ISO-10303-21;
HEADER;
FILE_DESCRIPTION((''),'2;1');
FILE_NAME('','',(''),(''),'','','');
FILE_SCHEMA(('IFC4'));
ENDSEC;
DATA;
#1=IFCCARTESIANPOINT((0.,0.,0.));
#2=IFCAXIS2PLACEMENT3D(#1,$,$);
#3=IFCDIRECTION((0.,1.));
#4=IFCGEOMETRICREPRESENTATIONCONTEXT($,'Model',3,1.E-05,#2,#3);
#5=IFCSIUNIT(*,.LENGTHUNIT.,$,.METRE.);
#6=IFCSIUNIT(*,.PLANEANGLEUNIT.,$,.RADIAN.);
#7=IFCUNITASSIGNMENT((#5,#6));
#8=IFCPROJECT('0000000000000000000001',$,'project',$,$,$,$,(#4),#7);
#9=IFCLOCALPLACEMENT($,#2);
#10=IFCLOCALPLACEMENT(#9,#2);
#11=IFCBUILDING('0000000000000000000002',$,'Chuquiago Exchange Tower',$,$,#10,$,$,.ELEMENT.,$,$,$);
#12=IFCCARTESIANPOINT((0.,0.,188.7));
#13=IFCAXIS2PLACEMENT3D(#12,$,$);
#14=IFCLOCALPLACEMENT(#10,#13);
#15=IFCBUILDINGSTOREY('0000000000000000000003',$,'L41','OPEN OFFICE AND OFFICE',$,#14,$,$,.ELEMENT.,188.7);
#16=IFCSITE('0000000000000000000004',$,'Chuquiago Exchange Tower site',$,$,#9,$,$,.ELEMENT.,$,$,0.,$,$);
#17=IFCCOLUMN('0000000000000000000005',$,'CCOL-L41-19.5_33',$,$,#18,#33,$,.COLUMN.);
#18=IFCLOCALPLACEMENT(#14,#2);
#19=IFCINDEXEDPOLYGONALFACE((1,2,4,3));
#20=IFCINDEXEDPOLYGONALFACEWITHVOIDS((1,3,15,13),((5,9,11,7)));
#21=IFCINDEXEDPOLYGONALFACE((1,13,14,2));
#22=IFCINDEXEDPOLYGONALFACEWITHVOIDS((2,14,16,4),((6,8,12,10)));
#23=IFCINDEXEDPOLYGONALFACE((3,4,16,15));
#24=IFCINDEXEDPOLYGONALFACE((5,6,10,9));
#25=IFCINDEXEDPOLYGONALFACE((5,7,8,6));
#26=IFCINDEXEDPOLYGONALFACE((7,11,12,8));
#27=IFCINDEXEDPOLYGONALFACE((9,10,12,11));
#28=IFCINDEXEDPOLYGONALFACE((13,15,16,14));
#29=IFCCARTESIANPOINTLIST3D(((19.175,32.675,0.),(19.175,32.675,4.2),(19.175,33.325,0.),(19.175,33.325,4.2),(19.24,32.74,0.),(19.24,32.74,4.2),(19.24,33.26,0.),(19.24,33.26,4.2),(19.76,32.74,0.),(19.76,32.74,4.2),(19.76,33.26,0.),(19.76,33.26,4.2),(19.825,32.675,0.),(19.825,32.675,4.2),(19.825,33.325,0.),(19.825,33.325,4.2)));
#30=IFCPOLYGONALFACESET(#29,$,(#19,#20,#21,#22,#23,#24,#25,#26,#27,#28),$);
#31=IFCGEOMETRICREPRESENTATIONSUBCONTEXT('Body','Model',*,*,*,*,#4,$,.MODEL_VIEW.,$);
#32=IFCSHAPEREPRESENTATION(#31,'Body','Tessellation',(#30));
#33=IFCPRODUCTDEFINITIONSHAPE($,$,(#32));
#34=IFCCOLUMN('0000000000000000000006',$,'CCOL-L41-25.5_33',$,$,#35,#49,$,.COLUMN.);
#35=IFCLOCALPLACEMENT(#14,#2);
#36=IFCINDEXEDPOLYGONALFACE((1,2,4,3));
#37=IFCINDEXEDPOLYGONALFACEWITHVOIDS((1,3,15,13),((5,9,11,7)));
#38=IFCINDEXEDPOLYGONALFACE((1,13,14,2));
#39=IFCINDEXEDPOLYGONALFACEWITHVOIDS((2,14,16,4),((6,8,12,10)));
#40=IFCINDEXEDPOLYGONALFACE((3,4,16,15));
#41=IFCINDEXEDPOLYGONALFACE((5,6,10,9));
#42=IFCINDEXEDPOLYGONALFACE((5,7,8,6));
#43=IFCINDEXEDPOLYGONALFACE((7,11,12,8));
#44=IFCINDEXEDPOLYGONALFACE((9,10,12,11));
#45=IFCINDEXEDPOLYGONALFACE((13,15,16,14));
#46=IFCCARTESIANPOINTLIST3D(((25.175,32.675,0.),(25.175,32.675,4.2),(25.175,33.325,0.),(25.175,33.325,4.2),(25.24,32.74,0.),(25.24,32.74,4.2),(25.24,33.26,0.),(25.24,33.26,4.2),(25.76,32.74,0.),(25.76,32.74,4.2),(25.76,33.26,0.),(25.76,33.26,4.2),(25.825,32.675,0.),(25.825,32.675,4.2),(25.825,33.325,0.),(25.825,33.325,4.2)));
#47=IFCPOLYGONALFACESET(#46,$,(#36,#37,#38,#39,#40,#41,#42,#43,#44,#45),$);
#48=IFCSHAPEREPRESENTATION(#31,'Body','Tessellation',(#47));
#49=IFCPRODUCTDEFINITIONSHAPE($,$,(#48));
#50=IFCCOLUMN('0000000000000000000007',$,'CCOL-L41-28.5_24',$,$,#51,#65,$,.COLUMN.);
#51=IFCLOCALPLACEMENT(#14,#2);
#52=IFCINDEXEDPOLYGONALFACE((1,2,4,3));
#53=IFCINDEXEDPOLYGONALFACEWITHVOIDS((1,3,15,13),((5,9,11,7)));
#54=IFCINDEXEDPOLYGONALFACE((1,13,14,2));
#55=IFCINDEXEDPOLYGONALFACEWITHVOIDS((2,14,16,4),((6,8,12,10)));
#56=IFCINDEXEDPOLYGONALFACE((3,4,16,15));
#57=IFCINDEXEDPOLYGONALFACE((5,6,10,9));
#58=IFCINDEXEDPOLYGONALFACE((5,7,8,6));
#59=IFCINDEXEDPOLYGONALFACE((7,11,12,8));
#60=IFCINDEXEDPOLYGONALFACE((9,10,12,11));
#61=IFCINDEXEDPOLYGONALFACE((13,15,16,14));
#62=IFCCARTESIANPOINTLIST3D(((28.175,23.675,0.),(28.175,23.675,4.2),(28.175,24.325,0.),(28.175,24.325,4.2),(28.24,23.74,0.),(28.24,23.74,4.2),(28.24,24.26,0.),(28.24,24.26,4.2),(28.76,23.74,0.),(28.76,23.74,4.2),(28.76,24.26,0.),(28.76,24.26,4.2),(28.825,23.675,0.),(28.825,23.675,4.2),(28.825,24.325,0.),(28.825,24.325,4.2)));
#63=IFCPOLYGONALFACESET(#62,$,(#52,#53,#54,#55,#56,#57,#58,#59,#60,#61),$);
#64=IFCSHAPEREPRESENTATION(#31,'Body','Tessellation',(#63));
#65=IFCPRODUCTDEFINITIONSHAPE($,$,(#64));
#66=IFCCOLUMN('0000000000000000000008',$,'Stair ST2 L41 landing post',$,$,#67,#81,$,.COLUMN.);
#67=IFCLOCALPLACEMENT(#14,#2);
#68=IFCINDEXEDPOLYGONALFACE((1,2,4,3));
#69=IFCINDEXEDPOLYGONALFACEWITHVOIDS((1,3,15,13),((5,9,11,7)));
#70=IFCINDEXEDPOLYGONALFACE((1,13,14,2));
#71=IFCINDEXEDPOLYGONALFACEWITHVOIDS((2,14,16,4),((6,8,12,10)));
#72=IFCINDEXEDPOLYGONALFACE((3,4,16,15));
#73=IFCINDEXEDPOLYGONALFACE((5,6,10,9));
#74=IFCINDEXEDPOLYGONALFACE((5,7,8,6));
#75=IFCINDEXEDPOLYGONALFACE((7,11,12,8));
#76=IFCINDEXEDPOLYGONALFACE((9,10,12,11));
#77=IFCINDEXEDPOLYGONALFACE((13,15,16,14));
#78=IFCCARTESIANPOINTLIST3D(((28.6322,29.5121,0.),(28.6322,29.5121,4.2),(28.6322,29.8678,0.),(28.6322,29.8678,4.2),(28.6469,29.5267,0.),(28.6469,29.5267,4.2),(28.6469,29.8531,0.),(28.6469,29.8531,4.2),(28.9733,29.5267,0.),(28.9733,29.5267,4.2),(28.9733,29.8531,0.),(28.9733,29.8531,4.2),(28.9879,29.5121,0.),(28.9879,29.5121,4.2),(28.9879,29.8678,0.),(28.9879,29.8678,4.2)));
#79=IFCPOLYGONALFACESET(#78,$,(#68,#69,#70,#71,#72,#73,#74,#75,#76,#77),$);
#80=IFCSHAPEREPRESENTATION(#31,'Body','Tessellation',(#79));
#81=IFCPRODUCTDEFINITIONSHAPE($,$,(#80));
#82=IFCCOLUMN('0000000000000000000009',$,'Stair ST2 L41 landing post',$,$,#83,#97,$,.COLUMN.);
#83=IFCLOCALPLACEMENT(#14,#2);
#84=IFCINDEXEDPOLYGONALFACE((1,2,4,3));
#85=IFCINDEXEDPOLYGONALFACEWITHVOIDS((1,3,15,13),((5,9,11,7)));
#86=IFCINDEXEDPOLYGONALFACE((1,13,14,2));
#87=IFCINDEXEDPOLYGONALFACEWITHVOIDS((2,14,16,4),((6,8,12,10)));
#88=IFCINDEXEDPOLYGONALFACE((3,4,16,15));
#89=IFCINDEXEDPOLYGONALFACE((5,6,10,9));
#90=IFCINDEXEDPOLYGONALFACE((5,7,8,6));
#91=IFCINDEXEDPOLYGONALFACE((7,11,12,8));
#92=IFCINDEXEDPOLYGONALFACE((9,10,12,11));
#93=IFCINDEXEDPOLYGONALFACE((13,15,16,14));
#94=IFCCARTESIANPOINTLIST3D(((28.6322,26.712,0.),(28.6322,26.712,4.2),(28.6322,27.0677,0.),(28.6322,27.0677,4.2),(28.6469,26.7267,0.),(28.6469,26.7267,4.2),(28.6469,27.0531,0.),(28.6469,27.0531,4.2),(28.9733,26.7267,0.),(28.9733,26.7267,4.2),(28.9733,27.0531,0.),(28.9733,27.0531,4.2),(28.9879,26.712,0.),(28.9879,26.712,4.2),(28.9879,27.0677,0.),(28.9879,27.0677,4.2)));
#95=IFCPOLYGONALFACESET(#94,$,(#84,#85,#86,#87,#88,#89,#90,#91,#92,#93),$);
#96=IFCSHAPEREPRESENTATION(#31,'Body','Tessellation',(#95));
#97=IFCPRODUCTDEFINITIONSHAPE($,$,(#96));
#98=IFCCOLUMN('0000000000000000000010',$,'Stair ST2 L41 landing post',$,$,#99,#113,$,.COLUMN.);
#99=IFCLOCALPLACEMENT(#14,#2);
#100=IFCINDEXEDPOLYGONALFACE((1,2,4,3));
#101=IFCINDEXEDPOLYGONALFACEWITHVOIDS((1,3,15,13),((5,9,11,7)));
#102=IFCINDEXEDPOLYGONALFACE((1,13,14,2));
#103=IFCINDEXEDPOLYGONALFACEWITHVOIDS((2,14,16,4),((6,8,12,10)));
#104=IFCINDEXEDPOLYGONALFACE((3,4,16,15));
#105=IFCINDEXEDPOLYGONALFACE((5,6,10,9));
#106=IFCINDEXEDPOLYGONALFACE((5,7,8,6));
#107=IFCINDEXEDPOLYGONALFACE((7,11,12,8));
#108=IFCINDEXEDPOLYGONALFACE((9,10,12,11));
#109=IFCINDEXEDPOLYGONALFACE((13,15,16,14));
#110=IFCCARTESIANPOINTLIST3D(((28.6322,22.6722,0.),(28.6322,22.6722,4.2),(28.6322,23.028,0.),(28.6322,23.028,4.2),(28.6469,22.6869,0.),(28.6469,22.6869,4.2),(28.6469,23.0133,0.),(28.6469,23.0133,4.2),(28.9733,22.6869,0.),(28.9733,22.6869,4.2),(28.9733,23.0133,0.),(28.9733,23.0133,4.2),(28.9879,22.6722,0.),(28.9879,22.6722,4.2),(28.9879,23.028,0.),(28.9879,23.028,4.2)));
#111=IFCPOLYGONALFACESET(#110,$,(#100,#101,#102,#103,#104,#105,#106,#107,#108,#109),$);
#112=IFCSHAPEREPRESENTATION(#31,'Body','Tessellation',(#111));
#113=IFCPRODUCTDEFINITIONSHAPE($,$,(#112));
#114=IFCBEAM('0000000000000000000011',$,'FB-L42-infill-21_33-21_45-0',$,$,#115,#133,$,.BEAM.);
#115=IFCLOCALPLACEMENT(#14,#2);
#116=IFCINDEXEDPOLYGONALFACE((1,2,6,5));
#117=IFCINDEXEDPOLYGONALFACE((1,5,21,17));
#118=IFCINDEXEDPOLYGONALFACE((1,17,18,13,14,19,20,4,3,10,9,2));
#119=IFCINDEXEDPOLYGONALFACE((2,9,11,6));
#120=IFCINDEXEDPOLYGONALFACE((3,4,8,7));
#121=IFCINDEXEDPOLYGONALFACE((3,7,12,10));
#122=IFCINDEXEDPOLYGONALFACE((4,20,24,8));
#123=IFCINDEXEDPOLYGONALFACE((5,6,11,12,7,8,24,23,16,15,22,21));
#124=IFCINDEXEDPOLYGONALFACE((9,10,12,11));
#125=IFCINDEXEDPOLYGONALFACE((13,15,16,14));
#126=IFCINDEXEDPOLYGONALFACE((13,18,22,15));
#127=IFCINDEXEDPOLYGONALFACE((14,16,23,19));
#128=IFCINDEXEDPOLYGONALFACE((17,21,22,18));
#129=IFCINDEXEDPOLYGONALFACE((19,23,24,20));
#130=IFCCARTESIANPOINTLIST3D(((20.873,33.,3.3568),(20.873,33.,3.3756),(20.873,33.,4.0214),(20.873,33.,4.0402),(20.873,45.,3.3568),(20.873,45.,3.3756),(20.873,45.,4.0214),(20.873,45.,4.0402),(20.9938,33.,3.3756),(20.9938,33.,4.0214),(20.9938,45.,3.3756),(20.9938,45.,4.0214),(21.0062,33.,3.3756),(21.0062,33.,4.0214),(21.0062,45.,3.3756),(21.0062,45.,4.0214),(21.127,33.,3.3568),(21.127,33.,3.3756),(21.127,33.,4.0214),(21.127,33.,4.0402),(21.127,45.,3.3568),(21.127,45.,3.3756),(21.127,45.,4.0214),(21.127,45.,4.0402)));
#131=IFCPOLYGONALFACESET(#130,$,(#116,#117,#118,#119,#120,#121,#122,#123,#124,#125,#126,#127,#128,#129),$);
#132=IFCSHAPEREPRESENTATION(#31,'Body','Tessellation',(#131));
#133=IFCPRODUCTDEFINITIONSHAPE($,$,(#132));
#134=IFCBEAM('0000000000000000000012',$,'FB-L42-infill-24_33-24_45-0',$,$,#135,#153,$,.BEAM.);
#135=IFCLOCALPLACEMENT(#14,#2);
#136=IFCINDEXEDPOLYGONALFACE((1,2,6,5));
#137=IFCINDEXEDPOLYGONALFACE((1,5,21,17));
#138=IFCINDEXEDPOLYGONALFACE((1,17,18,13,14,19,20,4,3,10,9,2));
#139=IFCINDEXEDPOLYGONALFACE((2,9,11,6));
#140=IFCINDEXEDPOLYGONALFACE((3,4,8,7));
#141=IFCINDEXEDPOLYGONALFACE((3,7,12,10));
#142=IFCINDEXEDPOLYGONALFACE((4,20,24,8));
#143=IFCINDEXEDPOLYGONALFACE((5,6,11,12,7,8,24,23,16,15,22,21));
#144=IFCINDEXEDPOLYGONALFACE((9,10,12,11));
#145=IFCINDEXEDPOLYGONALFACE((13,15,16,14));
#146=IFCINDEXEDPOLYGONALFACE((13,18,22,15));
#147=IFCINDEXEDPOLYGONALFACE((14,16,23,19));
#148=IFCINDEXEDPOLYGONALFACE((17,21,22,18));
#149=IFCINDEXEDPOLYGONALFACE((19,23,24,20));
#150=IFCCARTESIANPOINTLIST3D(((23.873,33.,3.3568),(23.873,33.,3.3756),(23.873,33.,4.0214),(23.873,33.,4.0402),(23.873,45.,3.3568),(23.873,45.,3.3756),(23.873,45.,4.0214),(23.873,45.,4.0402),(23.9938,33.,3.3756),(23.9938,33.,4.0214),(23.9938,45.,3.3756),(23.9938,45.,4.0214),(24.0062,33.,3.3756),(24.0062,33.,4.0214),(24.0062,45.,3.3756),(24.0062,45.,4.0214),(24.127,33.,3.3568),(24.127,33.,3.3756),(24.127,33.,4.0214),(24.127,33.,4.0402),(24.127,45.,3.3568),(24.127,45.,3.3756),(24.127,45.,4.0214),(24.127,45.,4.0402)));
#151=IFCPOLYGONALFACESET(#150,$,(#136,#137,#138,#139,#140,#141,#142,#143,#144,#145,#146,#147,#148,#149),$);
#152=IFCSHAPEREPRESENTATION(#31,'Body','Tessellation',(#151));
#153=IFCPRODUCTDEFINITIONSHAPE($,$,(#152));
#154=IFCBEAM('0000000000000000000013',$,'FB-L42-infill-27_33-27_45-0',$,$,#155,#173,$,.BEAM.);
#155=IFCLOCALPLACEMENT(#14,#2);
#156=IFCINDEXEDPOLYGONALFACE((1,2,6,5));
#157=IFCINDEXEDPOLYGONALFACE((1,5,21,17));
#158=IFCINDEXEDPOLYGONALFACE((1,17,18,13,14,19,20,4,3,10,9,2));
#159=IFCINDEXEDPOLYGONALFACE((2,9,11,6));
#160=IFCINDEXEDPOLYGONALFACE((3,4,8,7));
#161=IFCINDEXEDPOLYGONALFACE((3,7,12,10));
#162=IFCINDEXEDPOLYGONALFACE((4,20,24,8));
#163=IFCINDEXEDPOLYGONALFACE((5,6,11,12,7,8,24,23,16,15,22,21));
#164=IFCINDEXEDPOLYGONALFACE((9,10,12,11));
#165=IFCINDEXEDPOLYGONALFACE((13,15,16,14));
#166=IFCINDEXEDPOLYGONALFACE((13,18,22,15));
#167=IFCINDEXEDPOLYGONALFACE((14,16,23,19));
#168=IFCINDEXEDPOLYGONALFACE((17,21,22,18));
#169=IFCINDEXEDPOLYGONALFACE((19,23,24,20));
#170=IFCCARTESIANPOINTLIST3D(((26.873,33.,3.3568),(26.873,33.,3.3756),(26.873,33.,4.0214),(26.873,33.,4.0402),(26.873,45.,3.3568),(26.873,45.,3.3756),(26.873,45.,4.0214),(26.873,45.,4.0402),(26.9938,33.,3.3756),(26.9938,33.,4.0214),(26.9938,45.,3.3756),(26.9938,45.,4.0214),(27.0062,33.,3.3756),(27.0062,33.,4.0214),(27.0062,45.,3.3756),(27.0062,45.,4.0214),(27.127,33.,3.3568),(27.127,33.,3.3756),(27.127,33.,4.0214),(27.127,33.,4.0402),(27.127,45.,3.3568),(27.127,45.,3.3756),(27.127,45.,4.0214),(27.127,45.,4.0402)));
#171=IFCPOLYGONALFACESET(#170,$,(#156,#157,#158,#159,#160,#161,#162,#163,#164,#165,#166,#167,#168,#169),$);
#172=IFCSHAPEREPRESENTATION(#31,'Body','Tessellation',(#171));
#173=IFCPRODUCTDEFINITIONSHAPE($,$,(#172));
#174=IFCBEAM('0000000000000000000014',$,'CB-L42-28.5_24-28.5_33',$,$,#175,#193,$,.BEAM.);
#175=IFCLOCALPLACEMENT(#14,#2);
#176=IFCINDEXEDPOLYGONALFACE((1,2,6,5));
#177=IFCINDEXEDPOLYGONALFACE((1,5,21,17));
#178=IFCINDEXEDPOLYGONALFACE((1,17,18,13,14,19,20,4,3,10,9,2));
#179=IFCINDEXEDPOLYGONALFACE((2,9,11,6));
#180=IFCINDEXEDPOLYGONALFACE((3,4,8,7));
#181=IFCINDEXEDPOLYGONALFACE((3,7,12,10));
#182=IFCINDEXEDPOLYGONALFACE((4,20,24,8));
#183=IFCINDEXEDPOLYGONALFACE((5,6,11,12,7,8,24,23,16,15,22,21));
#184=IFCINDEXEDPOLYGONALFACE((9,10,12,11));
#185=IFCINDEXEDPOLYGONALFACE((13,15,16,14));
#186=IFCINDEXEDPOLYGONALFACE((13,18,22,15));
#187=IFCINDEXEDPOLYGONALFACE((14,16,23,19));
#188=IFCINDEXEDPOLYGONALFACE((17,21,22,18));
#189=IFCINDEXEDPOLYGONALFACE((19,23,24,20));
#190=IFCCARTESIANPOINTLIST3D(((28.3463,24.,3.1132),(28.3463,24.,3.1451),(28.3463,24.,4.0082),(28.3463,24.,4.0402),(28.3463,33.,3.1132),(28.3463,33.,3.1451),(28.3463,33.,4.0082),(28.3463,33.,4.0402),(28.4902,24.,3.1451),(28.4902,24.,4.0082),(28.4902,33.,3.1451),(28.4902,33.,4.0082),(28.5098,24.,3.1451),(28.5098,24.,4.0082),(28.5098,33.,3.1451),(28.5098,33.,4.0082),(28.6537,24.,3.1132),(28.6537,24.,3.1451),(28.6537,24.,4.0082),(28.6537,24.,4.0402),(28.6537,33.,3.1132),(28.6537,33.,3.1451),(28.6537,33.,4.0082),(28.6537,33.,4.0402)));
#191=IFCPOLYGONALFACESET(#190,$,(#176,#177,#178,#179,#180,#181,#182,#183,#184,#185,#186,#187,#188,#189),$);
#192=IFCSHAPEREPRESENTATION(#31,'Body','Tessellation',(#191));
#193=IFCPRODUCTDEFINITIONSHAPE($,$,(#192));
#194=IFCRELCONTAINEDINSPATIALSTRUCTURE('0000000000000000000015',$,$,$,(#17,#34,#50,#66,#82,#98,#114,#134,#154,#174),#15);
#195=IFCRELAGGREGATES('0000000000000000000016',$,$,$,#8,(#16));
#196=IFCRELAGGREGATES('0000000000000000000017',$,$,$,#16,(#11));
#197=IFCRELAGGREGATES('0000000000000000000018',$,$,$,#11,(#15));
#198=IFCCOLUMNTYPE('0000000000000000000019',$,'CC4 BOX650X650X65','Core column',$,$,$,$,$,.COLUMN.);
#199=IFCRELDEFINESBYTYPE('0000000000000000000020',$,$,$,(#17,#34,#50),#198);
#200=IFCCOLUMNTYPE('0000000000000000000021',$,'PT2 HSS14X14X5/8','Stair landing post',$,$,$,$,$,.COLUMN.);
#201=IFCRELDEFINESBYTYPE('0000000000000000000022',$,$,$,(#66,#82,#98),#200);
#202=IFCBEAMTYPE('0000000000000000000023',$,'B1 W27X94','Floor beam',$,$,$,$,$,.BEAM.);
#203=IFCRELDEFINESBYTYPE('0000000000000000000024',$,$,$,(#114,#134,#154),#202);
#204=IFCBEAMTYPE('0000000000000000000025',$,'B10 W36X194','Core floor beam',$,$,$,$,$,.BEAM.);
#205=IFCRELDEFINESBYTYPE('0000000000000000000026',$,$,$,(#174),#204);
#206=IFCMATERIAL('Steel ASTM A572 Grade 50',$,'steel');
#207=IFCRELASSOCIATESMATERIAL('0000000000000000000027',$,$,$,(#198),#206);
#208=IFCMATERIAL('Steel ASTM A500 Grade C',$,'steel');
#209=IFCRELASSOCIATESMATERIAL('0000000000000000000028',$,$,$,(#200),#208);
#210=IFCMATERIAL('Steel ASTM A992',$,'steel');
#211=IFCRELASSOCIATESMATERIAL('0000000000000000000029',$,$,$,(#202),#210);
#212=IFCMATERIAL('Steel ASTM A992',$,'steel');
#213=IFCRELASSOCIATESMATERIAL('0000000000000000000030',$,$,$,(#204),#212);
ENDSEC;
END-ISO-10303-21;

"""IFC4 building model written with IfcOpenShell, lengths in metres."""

from ifc_helpers import new_model, si_unit, direction, frame, origin, origin_2d, place, context, subcontext, project, spatial, hollow_rectangle, i_section, extrude, material, material_profile, profile_set, type_object, element, save


model = new_model("IFC4")

# Units and contexts
model_context = context("Model", 3, precision=1e-05, world=origin(), true_north=direction((0.0, 1.0)))
body_context = subcontext(model_context, "Body", "Model", "MODEL_VIEW")
ifc_project = project(units=[si_unit("LENGTHUNIT", "METRE"), si_unit("PLANEANGLEUNIT", "RADIAN")], contexts=[model_context])

# Site, building, storey
site_placement = place(None, origin())
site = spatial("IfcSite", under=ifc_project, at=site_placement, Name="Chuquiago Exchange Tower site", CompositionType="ELEMENT", RefElevation=0.0)
building_placement = place(site_placement, origin())
building = spatial("IfcBuilding", under=site, at=building_placement, Name="Chuquiago Exchange Tower", CompositionType="ELEMENT")
storey_placement = place(building_placement, frame((0.0, 0.0, 188.7)))
storey = spatial("IfcBuildingStorey", under=building, at=storey_placement, Name="L41", Description="OPEN OFFICE AND OFFICE", CompositionType="ELEMENT", Elevation=188.7)

# Columns
ifc_material_1 = material(Name="Steel ASTM A572 Grade 50", Category="steel")
ifc_material_profile_1 = material_profile(ifc_material_1, hollow_rectangle(XDim=0.6499, YDim=0.6499, WallThickness=0.0649, at=origin_2d()), Name="BOX650X650X65")
ifc_profile_set_1 = profile_set([ifc_material_profile_1], Name="Steel ASTM A572 Grade 50")
column_type_1 = type_object("IfcColumnType", Name="CC4 BOX650X650X65", Description="Core column", PredefinedType="COLUMN", material=ifc_profile_set_1)
for number, where, z_axis, x_axis, name in (
    (1, (19.5, 33.0, 0.0), (0.0, 0.0, 1.0), (1.0, 0.0, 0.0), "CCOL-L41-19.5_33"),
    (2, (25.5, 33.0, 0.0), (0.0, 0.0, 1.0), (1.0, 0.0, 0.0), "CCOL-L41-25.5_33"),
    (3, (28.5, 24.0, 0.0), (0.0, 0.0, 1.0), (1.0, 0.0, 0.0), "CCOL-L41-28.5_24"),
):
    element("IfcColumn", number, at=place(storey_placement, frame(where, z_axis=z_axis, x_axis=x_axis)), inside=storey, type_object=column_type_1, Name=name, PredefinedType="COLUMN", context=body_context, shape_type="SweptSolid", body=[
        extrude(hollow_rectangle(XDim=0.6499, YDim=0.6499, WallThickness=0.0649, at=origin_2d()), origin(), (0.0, 0.0, 1.0), 4.2),
    ])
ifc_material_2 = material(Name="Steel ASTM A500 Grade C", Category="steel")
ifc_material_profile_2 = material_profile(ifc_material_2, hollow_rectangle(XDim=0.3557, YDim=0.3557, WallThickness=0.0146, at=origin_2d()), Name="HSS14X14X5/8")
ifc_profile_set_2 = profile_set([ifc_material_profile_2], Name="Steel ASTM A500 Grade C")
column_type_2 = type_object("IfcColumnType", Name="PT2 HSS14X14X5/8", Description="Stair landing post", PredefinedType="COLUMN", material=ifc_profile_set_2)
for number, where, z_axis, x_axis, name in (
    (4, (28.8101, 29.6899, 0.0), (0.0, 0.0, 1.0), (1.0, 0.0, 0.0), "Stair ST2 L41 landing post"),
    (5, (28.8101, 26.8899, 0.0), (0.0, 0.0, 1.0), (1.0, 0.0, 0.0), "Stair ST2 L41 landing post"),
    (6, (28.8101, 22.8501, 0.0), (0.0, 0.0, 1.0), (1.0, 0.0, 0.0), "Stair ST2 L41 landing post"),
):
    element("IfcColumn", number, at=place(storey_placement, frame(where, z_axis=z_axis, x_axis=x_axis)), inside=storey, type_object=column_type_2, Name=name, PredefinedType="COLUMN", context=body_context, shape_type="SweptSolid", body=[
        extrude(hollow_rectangle(XDim=0.3557, YDim=0.3557, WallThickness=0.0146, at=origin_2d()), origin(), (0.0, 0.0, 1.0), 4.2),
    ])

# Beams
ifc_material_3 = material(Name="Steel ASTM A992", Category="steel")
ifc_material_profile_3 = material_profile(ifc_material_3, i_section(OverallWidth=0.2539, OverallDepth=0.6833, WebThickness=0.0125, FlangeThickness=0.0188, at=origin_2d()), Name="W27X94")
ifc_profile_set_3 = profile_set([ifc_material_profile_3], Name="Steel ASTM A992")
beam_type_1 = type_object("IfcBeamType", Name="B1 W27X94", Description="Floor beam", PredefinedType="BEAM", material=ifc_profile_set_3)
for number, where, z_axis, x_axis, name in (
    (7, (21.0, 33.0, 3.6985), (0.0, 1.0, 0.0), (-1.0, 0.0, 0.0), "FB-L42-infill-21_33-21_45-0"),
    (8, (24.0, 33.0, 3.6985), (0.0, 1.0, 0.0), (-1.0, 0.0, 0.0), "FB-L42-infill-24_33-24_45-0"),
    (9, (27.0, 33.0, 3.6985), (0.0, 1.0, 0.0), (-1.0, 0.0, 0.0), "FB-L42-infill-27_33-27_45-0"),
):
    element("IfcBeam", number, at=place(storey_placement, frame(where, z_axis=z_axis, x_axis=x_axis)), inside=storey, type_object=beam_type_1, Name=name, PredefinedType="BEAM", context=body_context, shape_type="SweptSolid", body=[
        extrude(i_section(OverallWidth=0.2539, OverallDepth=0.6833, WebThickness=0.0125, FlangeThickness=0.0188, at=origin_2d()), origin(), (0.0, 0.0, 1.0), 12.0),
    ])
ifc_material_4 = material(Name="Steel ASTM A992", Category="steel")
ifc_material_profile_4 = material_profile(ifc_material_4, i_section(OverallWidth=0.3074, OverallDepth=0.927, WebThickness=0.0195, FlangeThickness=0.032, at=origin_2d()), Name="W36X194")
ifc_profile_set_4 = profile_set([ifc_material_profile_4], Name="Steel ASTM A992")
beam_type_2 = type_object("IfcBeamType", Name="B10 W36X194", Description="Core floor beam", PredefinedType="BEAM", material=ifc_profile_set_4)
beam_1_placement = place(storey_placement, frame((28.5, 24.0, 3.5767), z_axis=(0.0, 1.0, 0.0), x_axis=(-1.0, 0.0, 0.0)))
element("IfcBeam", 10, at=beam_1_placement, inside=storey, type_object=beam_type_2, Name="CB-L42-28.5_24-28.5_33", PredefinedType="BEAM", context=body_context, shape_type="SweptSolid", body=[
    extrude(i_section(OverallWidth=0.3074, OverallDepth=0.927, WebThickness=0.0195, FlangeThickness=0.032, at=origin_2d()), origin(), (0.0, 0.0, 1.0), 9.0),
])

save(model, "model.ifc")
